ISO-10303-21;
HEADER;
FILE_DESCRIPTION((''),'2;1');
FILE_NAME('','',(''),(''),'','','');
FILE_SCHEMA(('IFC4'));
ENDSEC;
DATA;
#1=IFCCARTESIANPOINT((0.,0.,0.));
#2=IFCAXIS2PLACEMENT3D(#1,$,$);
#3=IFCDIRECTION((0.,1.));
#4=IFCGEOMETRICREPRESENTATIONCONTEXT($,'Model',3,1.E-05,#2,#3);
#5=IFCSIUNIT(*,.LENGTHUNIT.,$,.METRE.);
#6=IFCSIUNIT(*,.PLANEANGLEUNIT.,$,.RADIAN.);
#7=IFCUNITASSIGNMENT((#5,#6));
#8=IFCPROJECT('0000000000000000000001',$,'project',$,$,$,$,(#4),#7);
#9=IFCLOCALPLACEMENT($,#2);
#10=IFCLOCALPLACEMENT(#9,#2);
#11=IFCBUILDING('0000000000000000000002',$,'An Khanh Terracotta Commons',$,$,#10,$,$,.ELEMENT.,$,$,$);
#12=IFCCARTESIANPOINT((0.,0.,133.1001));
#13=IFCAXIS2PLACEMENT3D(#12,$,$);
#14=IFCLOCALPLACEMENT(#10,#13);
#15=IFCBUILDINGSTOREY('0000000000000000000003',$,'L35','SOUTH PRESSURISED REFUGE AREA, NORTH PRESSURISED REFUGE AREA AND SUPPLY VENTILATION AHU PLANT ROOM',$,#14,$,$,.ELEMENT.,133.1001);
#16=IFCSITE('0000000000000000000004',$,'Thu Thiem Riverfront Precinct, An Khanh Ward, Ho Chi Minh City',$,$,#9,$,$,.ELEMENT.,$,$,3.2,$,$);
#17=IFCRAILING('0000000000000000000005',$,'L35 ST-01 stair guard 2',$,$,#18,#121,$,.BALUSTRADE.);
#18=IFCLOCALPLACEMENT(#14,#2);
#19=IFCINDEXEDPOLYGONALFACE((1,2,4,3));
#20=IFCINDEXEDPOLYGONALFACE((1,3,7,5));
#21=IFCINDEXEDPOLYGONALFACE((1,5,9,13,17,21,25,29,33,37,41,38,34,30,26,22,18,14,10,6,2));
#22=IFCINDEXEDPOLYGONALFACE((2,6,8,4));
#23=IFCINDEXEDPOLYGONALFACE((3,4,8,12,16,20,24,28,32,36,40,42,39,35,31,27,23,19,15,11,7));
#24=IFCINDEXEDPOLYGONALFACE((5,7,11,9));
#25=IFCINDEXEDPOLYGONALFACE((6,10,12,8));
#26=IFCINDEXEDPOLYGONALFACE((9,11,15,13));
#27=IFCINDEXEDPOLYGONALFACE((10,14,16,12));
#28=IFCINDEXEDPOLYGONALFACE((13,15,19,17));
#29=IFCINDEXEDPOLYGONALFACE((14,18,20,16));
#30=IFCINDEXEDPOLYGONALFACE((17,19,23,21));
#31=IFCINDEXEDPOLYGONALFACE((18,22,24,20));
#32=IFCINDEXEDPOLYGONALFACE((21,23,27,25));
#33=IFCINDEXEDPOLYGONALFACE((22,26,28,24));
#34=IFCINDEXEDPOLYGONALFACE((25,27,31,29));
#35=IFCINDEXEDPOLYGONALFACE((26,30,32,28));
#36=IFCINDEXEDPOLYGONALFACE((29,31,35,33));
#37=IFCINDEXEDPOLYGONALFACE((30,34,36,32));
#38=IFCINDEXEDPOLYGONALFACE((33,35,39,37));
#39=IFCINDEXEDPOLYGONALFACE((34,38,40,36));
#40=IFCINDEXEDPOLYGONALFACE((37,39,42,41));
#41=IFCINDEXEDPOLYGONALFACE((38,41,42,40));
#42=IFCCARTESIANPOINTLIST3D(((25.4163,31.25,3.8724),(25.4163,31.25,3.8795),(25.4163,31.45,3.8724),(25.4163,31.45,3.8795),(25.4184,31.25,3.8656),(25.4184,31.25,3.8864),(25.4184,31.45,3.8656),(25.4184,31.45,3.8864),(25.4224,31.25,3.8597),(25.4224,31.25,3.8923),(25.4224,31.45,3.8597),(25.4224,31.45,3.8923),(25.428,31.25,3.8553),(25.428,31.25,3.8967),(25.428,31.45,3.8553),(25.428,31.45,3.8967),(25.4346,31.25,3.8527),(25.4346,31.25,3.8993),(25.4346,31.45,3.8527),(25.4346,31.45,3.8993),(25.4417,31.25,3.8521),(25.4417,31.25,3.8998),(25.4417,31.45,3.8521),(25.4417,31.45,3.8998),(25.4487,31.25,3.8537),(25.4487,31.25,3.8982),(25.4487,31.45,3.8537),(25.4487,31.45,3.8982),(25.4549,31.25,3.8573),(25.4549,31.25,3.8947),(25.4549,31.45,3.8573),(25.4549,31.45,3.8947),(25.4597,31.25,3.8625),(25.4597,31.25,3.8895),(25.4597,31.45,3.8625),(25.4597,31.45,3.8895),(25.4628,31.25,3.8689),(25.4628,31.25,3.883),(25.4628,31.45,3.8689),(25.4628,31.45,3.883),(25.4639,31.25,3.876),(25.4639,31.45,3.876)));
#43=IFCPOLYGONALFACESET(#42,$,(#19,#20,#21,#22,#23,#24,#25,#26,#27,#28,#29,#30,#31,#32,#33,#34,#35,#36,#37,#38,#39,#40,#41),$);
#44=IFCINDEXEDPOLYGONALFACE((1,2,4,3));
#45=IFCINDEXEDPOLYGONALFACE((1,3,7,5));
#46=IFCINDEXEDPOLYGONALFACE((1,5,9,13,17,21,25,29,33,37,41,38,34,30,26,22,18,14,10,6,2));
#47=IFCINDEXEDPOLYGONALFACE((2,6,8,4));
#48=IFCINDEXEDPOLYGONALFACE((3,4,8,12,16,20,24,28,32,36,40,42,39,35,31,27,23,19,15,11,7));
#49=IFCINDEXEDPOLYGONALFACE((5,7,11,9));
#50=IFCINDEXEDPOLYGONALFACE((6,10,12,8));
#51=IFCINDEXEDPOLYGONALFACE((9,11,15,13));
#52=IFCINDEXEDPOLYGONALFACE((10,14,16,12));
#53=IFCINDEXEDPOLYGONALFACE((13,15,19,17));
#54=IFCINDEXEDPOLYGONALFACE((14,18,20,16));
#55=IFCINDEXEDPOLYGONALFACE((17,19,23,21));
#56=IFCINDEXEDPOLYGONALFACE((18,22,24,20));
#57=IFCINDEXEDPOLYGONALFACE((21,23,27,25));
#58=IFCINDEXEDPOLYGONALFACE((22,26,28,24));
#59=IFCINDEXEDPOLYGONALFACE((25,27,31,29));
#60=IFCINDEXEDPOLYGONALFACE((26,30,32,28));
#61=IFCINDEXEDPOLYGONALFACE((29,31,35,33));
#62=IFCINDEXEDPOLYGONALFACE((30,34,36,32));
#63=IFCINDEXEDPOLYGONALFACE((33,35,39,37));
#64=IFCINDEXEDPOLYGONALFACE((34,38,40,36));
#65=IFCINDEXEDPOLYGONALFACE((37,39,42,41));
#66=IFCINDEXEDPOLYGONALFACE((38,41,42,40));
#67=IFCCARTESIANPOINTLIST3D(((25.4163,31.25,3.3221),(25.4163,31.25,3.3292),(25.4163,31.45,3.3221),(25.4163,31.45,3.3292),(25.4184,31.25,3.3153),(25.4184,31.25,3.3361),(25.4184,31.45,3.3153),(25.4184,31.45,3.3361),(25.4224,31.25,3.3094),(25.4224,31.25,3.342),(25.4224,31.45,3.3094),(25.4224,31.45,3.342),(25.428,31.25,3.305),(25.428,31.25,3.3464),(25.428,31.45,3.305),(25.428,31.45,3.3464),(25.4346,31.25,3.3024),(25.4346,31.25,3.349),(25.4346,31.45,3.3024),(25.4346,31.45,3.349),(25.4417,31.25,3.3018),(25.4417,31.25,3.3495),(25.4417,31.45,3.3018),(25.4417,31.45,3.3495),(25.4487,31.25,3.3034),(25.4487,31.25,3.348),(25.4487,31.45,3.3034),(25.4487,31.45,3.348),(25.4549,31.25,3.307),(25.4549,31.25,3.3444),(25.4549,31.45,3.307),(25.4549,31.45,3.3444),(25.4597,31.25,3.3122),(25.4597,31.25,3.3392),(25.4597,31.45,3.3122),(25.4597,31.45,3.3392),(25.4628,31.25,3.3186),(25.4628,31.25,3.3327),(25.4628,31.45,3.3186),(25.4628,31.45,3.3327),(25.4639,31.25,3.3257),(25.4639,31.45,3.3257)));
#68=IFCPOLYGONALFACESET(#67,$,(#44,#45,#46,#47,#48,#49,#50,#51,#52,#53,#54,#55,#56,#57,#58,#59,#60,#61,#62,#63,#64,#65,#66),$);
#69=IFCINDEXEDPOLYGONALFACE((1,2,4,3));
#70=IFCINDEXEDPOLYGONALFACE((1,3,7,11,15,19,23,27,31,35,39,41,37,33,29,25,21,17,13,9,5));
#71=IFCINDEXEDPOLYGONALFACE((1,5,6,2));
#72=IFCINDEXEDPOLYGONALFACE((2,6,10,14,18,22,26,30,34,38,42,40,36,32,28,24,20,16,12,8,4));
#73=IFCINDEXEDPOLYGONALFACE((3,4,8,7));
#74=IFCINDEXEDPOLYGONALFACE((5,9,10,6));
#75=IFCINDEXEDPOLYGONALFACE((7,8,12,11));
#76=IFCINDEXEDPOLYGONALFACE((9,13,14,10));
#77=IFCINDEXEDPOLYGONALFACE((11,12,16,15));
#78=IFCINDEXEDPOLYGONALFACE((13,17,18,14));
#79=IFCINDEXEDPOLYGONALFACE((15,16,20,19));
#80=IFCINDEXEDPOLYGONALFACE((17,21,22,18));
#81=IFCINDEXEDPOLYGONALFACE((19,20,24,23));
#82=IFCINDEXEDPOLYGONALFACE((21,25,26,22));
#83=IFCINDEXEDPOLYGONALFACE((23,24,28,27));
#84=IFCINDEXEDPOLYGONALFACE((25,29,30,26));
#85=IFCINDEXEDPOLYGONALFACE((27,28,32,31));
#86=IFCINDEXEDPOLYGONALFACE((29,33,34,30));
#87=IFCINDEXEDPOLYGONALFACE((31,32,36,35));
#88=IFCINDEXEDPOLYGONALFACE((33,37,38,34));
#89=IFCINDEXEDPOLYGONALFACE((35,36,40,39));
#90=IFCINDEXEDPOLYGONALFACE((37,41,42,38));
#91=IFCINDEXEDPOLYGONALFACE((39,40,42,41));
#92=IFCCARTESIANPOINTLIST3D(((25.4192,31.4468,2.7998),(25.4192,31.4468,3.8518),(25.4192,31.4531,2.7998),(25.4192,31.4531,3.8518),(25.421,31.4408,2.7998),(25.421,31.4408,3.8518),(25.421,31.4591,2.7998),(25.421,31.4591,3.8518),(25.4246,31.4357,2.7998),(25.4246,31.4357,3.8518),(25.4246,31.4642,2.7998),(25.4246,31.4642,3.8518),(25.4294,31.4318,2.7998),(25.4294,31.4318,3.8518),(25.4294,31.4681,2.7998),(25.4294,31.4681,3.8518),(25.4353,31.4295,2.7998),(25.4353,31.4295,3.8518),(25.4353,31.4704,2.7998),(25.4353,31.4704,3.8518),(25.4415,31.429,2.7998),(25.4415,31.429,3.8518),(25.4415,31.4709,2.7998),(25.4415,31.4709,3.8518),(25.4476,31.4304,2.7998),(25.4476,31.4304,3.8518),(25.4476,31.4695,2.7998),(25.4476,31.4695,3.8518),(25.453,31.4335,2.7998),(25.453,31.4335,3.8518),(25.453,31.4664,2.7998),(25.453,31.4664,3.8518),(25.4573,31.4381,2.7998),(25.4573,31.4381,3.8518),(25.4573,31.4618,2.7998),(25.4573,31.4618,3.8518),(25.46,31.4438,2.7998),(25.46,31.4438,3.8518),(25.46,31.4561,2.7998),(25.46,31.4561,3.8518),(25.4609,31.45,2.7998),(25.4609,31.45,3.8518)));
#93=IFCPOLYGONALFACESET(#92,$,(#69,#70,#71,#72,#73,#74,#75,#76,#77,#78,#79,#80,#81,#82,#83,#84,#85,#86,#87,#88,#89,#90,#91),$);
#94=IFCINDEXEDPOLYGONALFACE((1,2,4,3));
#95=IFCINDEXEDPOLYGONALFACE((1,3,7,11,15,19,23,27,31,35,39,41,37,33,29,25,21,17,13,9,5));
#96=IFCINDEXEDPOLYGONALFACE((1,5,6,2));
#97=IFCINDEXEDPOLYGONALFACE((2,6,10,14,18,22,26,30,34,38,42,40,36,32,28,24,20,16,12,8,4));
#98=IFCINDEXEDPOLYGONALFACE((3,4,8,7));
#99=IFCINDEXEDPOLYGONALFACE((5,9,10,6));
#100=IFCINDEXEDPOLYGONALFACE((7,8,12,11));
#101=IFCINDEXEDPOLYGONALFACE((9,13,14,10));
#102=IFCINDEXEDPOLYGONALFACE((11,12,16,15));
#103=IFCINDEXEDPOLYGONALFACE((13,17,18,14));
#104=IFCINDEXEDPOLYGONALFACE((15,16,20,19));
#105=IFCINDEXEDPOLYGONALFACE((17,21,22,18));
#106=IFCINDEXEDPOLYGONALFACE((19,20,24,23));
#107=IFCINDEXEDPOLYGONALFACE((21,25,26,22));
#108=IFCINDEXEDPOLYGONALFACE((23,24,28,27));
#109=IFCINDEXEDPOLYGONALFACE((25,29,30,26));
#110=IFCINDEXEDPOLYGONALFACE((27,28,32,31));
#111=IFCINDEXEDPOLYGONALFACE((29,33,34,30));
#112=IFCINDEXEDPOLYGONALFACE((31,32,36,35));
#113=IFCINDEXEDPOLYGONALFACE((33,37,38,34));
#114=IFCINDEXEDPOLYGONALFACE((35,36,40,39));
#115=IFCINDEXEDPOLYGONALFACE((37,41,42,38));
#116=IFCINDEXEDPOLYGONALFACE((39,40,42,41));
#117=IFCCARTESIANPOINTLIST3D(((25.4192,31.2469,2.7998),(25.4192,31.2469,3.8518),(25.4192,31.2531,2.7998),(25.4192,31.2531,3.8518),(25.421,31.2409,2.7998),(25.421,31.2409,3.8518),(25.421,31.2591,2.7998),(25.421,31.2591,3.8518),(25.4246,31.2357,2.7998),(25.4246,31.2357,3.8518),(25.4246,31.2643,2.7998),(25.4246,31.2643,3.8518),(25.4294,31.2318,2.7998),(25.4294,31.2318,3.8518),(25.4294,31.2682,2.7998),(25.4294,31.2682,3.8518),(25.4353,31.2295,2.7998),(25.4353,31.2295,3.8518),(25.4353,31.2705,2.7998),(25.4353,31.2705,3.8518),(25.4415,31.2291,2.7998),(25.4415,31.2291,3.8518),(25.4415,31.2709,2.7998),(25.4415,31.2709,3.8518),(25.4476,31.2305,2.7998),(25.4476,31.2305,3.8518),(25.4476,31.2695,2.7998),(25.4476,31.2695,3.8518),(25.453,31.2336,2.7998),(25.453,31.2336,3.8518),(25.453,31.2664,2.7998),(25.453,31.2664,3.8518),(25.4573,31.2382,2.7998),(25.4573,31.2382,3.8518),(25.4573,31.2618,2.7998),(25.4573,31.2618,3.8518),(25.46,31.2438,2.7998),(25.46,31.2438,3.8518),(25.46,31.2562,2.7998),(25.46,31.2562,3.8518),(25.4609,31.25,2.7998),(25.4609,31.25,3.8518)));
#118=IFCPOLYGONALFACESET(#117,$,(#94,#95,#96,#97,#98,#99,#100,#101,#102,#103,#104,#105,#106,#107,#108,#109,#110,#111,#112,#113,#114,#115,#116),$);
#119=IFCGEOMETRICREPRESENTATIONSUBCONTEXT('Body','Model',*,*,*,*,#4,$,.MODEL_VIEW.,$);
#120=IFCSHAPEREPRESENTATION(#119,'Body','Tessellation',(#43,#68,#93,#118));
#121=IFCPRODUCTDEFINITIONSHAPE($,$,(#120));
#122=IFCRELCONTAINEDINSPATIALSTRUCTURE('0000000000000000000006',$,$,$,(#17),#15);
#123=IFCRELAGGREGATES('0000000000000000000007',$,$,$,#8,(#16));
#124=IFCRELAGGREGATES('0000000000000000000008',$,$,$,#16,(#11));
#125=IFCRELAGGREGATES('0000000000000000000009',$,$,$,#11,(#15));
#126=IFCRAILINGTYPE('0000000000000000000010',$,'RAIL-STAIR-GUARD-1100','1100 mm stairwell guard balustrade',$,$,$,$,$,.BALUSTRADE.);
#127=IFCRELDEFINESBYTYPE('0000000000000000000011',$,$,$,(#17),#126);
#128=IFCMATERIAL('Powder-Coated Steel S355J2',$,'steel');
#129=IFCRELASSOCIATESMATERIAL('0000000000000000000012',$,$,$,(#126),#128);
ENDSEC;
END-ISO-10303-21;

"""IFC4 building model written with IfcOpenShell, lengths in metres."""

from ifc_helpers import new_model, si_unit, direction, frame, origin, origin_2d, place, context, subcontext, project, spatial, circle, extrude, material, type_object, element, save


model = new_model("IFC4")

# Units and contexts
model_context = context("Model", 3, precision=1e-05, world=origin(), true_north=direction((0.0, 1.0)))
body_context = subcontext(model_context, "Body", "Model", "MODEL_VIEW")
ifc_project = project(units=[si_unit("LENGTHUNIT", "METRE"), si_unit("PLANEANGLEUNIT", "RADIAN")], contexts=[model_context])

# Site, building, storey
site_placement = place(None, origin())
site = spatial("IfcSite", under=ifc_project, at=site_placement, Name="Thu Thiem Riverfront Precinct, An Khanh Ward, Ho Chi Minh City", CompositionType="ELEMENT", RefElevation=3.2)
building_placement = place(site_placement, origin())
building = spatial("IfcBuilding", under=site, at=building_placement, Name="An Khanh Terracotta Commons", CompositionType="ELEMENT")
storey_placement = place(building_placement, frame((0.0, 0.0, 133.1001)))
storey = spatial("IfcBuildingStorey", under=building, at=storey_placement, Name="L35", Description="SOUTH PRESSURISED REFUGE AREA, NORTH PRESSURISED REFUGE AREA AND SUPPLY VENTILATION AHU PLANT ROOM", CompositionType="ELEMENT", Elevation=133.1001)

# Railing
ifc_material_1 = material(Name="Powder-Coated Steel S355J2", Category="steel")
railing_type_1 = type_object("IfcRailingType", Name="RAIL-STAIR-GUARD-1100", Description="1100 mm stairwell guard balustrade", PredefinedType="BALUSTRADE", material=ifc_material_1)
railing_1_placement = place(storey_placement, frame((25.4399, 31.45, 2.7998)))
element("IfcRailing", 1, at=railing_1_placement, inside=storey, type_object=railing_type_1, Name="L35 ST-01 stair guard 2", PredefinedType="BALUSTRADE", context=body_context, shape_type="SweptSolid", body=[
    extrude(circle(Radius=0.0239, at=origin_2d()), frame((0.0, 0.0, 1.0762), z_axis=(0.0, -1.0, 0.0), x_axis=(1.0, 0.0, 0.0)), (0.0, 0.0, 1.0), 0.2),
    extrude(circle(Radius=0.0239, at=origin_2d()), frame((0.0, 0.0, 0.5259), z_axis=(0.0, -1.0, 0.0), x_axis=(1.0, 0.0, 0.0)), (0.0, 0.0, 1.0), 0.2),
    extrude(circle(Radius=0.021, at=origin_2d()), origin(), (0.0, 0.0, 1.0), 1.052),
    extrude(circle(Radius=0.021, at=origin_2d()), frame((0.0, -0.2, 0.0)), (0.0, 0.0, 1.0), 1.052),
])

save(model, "model.ifc")
